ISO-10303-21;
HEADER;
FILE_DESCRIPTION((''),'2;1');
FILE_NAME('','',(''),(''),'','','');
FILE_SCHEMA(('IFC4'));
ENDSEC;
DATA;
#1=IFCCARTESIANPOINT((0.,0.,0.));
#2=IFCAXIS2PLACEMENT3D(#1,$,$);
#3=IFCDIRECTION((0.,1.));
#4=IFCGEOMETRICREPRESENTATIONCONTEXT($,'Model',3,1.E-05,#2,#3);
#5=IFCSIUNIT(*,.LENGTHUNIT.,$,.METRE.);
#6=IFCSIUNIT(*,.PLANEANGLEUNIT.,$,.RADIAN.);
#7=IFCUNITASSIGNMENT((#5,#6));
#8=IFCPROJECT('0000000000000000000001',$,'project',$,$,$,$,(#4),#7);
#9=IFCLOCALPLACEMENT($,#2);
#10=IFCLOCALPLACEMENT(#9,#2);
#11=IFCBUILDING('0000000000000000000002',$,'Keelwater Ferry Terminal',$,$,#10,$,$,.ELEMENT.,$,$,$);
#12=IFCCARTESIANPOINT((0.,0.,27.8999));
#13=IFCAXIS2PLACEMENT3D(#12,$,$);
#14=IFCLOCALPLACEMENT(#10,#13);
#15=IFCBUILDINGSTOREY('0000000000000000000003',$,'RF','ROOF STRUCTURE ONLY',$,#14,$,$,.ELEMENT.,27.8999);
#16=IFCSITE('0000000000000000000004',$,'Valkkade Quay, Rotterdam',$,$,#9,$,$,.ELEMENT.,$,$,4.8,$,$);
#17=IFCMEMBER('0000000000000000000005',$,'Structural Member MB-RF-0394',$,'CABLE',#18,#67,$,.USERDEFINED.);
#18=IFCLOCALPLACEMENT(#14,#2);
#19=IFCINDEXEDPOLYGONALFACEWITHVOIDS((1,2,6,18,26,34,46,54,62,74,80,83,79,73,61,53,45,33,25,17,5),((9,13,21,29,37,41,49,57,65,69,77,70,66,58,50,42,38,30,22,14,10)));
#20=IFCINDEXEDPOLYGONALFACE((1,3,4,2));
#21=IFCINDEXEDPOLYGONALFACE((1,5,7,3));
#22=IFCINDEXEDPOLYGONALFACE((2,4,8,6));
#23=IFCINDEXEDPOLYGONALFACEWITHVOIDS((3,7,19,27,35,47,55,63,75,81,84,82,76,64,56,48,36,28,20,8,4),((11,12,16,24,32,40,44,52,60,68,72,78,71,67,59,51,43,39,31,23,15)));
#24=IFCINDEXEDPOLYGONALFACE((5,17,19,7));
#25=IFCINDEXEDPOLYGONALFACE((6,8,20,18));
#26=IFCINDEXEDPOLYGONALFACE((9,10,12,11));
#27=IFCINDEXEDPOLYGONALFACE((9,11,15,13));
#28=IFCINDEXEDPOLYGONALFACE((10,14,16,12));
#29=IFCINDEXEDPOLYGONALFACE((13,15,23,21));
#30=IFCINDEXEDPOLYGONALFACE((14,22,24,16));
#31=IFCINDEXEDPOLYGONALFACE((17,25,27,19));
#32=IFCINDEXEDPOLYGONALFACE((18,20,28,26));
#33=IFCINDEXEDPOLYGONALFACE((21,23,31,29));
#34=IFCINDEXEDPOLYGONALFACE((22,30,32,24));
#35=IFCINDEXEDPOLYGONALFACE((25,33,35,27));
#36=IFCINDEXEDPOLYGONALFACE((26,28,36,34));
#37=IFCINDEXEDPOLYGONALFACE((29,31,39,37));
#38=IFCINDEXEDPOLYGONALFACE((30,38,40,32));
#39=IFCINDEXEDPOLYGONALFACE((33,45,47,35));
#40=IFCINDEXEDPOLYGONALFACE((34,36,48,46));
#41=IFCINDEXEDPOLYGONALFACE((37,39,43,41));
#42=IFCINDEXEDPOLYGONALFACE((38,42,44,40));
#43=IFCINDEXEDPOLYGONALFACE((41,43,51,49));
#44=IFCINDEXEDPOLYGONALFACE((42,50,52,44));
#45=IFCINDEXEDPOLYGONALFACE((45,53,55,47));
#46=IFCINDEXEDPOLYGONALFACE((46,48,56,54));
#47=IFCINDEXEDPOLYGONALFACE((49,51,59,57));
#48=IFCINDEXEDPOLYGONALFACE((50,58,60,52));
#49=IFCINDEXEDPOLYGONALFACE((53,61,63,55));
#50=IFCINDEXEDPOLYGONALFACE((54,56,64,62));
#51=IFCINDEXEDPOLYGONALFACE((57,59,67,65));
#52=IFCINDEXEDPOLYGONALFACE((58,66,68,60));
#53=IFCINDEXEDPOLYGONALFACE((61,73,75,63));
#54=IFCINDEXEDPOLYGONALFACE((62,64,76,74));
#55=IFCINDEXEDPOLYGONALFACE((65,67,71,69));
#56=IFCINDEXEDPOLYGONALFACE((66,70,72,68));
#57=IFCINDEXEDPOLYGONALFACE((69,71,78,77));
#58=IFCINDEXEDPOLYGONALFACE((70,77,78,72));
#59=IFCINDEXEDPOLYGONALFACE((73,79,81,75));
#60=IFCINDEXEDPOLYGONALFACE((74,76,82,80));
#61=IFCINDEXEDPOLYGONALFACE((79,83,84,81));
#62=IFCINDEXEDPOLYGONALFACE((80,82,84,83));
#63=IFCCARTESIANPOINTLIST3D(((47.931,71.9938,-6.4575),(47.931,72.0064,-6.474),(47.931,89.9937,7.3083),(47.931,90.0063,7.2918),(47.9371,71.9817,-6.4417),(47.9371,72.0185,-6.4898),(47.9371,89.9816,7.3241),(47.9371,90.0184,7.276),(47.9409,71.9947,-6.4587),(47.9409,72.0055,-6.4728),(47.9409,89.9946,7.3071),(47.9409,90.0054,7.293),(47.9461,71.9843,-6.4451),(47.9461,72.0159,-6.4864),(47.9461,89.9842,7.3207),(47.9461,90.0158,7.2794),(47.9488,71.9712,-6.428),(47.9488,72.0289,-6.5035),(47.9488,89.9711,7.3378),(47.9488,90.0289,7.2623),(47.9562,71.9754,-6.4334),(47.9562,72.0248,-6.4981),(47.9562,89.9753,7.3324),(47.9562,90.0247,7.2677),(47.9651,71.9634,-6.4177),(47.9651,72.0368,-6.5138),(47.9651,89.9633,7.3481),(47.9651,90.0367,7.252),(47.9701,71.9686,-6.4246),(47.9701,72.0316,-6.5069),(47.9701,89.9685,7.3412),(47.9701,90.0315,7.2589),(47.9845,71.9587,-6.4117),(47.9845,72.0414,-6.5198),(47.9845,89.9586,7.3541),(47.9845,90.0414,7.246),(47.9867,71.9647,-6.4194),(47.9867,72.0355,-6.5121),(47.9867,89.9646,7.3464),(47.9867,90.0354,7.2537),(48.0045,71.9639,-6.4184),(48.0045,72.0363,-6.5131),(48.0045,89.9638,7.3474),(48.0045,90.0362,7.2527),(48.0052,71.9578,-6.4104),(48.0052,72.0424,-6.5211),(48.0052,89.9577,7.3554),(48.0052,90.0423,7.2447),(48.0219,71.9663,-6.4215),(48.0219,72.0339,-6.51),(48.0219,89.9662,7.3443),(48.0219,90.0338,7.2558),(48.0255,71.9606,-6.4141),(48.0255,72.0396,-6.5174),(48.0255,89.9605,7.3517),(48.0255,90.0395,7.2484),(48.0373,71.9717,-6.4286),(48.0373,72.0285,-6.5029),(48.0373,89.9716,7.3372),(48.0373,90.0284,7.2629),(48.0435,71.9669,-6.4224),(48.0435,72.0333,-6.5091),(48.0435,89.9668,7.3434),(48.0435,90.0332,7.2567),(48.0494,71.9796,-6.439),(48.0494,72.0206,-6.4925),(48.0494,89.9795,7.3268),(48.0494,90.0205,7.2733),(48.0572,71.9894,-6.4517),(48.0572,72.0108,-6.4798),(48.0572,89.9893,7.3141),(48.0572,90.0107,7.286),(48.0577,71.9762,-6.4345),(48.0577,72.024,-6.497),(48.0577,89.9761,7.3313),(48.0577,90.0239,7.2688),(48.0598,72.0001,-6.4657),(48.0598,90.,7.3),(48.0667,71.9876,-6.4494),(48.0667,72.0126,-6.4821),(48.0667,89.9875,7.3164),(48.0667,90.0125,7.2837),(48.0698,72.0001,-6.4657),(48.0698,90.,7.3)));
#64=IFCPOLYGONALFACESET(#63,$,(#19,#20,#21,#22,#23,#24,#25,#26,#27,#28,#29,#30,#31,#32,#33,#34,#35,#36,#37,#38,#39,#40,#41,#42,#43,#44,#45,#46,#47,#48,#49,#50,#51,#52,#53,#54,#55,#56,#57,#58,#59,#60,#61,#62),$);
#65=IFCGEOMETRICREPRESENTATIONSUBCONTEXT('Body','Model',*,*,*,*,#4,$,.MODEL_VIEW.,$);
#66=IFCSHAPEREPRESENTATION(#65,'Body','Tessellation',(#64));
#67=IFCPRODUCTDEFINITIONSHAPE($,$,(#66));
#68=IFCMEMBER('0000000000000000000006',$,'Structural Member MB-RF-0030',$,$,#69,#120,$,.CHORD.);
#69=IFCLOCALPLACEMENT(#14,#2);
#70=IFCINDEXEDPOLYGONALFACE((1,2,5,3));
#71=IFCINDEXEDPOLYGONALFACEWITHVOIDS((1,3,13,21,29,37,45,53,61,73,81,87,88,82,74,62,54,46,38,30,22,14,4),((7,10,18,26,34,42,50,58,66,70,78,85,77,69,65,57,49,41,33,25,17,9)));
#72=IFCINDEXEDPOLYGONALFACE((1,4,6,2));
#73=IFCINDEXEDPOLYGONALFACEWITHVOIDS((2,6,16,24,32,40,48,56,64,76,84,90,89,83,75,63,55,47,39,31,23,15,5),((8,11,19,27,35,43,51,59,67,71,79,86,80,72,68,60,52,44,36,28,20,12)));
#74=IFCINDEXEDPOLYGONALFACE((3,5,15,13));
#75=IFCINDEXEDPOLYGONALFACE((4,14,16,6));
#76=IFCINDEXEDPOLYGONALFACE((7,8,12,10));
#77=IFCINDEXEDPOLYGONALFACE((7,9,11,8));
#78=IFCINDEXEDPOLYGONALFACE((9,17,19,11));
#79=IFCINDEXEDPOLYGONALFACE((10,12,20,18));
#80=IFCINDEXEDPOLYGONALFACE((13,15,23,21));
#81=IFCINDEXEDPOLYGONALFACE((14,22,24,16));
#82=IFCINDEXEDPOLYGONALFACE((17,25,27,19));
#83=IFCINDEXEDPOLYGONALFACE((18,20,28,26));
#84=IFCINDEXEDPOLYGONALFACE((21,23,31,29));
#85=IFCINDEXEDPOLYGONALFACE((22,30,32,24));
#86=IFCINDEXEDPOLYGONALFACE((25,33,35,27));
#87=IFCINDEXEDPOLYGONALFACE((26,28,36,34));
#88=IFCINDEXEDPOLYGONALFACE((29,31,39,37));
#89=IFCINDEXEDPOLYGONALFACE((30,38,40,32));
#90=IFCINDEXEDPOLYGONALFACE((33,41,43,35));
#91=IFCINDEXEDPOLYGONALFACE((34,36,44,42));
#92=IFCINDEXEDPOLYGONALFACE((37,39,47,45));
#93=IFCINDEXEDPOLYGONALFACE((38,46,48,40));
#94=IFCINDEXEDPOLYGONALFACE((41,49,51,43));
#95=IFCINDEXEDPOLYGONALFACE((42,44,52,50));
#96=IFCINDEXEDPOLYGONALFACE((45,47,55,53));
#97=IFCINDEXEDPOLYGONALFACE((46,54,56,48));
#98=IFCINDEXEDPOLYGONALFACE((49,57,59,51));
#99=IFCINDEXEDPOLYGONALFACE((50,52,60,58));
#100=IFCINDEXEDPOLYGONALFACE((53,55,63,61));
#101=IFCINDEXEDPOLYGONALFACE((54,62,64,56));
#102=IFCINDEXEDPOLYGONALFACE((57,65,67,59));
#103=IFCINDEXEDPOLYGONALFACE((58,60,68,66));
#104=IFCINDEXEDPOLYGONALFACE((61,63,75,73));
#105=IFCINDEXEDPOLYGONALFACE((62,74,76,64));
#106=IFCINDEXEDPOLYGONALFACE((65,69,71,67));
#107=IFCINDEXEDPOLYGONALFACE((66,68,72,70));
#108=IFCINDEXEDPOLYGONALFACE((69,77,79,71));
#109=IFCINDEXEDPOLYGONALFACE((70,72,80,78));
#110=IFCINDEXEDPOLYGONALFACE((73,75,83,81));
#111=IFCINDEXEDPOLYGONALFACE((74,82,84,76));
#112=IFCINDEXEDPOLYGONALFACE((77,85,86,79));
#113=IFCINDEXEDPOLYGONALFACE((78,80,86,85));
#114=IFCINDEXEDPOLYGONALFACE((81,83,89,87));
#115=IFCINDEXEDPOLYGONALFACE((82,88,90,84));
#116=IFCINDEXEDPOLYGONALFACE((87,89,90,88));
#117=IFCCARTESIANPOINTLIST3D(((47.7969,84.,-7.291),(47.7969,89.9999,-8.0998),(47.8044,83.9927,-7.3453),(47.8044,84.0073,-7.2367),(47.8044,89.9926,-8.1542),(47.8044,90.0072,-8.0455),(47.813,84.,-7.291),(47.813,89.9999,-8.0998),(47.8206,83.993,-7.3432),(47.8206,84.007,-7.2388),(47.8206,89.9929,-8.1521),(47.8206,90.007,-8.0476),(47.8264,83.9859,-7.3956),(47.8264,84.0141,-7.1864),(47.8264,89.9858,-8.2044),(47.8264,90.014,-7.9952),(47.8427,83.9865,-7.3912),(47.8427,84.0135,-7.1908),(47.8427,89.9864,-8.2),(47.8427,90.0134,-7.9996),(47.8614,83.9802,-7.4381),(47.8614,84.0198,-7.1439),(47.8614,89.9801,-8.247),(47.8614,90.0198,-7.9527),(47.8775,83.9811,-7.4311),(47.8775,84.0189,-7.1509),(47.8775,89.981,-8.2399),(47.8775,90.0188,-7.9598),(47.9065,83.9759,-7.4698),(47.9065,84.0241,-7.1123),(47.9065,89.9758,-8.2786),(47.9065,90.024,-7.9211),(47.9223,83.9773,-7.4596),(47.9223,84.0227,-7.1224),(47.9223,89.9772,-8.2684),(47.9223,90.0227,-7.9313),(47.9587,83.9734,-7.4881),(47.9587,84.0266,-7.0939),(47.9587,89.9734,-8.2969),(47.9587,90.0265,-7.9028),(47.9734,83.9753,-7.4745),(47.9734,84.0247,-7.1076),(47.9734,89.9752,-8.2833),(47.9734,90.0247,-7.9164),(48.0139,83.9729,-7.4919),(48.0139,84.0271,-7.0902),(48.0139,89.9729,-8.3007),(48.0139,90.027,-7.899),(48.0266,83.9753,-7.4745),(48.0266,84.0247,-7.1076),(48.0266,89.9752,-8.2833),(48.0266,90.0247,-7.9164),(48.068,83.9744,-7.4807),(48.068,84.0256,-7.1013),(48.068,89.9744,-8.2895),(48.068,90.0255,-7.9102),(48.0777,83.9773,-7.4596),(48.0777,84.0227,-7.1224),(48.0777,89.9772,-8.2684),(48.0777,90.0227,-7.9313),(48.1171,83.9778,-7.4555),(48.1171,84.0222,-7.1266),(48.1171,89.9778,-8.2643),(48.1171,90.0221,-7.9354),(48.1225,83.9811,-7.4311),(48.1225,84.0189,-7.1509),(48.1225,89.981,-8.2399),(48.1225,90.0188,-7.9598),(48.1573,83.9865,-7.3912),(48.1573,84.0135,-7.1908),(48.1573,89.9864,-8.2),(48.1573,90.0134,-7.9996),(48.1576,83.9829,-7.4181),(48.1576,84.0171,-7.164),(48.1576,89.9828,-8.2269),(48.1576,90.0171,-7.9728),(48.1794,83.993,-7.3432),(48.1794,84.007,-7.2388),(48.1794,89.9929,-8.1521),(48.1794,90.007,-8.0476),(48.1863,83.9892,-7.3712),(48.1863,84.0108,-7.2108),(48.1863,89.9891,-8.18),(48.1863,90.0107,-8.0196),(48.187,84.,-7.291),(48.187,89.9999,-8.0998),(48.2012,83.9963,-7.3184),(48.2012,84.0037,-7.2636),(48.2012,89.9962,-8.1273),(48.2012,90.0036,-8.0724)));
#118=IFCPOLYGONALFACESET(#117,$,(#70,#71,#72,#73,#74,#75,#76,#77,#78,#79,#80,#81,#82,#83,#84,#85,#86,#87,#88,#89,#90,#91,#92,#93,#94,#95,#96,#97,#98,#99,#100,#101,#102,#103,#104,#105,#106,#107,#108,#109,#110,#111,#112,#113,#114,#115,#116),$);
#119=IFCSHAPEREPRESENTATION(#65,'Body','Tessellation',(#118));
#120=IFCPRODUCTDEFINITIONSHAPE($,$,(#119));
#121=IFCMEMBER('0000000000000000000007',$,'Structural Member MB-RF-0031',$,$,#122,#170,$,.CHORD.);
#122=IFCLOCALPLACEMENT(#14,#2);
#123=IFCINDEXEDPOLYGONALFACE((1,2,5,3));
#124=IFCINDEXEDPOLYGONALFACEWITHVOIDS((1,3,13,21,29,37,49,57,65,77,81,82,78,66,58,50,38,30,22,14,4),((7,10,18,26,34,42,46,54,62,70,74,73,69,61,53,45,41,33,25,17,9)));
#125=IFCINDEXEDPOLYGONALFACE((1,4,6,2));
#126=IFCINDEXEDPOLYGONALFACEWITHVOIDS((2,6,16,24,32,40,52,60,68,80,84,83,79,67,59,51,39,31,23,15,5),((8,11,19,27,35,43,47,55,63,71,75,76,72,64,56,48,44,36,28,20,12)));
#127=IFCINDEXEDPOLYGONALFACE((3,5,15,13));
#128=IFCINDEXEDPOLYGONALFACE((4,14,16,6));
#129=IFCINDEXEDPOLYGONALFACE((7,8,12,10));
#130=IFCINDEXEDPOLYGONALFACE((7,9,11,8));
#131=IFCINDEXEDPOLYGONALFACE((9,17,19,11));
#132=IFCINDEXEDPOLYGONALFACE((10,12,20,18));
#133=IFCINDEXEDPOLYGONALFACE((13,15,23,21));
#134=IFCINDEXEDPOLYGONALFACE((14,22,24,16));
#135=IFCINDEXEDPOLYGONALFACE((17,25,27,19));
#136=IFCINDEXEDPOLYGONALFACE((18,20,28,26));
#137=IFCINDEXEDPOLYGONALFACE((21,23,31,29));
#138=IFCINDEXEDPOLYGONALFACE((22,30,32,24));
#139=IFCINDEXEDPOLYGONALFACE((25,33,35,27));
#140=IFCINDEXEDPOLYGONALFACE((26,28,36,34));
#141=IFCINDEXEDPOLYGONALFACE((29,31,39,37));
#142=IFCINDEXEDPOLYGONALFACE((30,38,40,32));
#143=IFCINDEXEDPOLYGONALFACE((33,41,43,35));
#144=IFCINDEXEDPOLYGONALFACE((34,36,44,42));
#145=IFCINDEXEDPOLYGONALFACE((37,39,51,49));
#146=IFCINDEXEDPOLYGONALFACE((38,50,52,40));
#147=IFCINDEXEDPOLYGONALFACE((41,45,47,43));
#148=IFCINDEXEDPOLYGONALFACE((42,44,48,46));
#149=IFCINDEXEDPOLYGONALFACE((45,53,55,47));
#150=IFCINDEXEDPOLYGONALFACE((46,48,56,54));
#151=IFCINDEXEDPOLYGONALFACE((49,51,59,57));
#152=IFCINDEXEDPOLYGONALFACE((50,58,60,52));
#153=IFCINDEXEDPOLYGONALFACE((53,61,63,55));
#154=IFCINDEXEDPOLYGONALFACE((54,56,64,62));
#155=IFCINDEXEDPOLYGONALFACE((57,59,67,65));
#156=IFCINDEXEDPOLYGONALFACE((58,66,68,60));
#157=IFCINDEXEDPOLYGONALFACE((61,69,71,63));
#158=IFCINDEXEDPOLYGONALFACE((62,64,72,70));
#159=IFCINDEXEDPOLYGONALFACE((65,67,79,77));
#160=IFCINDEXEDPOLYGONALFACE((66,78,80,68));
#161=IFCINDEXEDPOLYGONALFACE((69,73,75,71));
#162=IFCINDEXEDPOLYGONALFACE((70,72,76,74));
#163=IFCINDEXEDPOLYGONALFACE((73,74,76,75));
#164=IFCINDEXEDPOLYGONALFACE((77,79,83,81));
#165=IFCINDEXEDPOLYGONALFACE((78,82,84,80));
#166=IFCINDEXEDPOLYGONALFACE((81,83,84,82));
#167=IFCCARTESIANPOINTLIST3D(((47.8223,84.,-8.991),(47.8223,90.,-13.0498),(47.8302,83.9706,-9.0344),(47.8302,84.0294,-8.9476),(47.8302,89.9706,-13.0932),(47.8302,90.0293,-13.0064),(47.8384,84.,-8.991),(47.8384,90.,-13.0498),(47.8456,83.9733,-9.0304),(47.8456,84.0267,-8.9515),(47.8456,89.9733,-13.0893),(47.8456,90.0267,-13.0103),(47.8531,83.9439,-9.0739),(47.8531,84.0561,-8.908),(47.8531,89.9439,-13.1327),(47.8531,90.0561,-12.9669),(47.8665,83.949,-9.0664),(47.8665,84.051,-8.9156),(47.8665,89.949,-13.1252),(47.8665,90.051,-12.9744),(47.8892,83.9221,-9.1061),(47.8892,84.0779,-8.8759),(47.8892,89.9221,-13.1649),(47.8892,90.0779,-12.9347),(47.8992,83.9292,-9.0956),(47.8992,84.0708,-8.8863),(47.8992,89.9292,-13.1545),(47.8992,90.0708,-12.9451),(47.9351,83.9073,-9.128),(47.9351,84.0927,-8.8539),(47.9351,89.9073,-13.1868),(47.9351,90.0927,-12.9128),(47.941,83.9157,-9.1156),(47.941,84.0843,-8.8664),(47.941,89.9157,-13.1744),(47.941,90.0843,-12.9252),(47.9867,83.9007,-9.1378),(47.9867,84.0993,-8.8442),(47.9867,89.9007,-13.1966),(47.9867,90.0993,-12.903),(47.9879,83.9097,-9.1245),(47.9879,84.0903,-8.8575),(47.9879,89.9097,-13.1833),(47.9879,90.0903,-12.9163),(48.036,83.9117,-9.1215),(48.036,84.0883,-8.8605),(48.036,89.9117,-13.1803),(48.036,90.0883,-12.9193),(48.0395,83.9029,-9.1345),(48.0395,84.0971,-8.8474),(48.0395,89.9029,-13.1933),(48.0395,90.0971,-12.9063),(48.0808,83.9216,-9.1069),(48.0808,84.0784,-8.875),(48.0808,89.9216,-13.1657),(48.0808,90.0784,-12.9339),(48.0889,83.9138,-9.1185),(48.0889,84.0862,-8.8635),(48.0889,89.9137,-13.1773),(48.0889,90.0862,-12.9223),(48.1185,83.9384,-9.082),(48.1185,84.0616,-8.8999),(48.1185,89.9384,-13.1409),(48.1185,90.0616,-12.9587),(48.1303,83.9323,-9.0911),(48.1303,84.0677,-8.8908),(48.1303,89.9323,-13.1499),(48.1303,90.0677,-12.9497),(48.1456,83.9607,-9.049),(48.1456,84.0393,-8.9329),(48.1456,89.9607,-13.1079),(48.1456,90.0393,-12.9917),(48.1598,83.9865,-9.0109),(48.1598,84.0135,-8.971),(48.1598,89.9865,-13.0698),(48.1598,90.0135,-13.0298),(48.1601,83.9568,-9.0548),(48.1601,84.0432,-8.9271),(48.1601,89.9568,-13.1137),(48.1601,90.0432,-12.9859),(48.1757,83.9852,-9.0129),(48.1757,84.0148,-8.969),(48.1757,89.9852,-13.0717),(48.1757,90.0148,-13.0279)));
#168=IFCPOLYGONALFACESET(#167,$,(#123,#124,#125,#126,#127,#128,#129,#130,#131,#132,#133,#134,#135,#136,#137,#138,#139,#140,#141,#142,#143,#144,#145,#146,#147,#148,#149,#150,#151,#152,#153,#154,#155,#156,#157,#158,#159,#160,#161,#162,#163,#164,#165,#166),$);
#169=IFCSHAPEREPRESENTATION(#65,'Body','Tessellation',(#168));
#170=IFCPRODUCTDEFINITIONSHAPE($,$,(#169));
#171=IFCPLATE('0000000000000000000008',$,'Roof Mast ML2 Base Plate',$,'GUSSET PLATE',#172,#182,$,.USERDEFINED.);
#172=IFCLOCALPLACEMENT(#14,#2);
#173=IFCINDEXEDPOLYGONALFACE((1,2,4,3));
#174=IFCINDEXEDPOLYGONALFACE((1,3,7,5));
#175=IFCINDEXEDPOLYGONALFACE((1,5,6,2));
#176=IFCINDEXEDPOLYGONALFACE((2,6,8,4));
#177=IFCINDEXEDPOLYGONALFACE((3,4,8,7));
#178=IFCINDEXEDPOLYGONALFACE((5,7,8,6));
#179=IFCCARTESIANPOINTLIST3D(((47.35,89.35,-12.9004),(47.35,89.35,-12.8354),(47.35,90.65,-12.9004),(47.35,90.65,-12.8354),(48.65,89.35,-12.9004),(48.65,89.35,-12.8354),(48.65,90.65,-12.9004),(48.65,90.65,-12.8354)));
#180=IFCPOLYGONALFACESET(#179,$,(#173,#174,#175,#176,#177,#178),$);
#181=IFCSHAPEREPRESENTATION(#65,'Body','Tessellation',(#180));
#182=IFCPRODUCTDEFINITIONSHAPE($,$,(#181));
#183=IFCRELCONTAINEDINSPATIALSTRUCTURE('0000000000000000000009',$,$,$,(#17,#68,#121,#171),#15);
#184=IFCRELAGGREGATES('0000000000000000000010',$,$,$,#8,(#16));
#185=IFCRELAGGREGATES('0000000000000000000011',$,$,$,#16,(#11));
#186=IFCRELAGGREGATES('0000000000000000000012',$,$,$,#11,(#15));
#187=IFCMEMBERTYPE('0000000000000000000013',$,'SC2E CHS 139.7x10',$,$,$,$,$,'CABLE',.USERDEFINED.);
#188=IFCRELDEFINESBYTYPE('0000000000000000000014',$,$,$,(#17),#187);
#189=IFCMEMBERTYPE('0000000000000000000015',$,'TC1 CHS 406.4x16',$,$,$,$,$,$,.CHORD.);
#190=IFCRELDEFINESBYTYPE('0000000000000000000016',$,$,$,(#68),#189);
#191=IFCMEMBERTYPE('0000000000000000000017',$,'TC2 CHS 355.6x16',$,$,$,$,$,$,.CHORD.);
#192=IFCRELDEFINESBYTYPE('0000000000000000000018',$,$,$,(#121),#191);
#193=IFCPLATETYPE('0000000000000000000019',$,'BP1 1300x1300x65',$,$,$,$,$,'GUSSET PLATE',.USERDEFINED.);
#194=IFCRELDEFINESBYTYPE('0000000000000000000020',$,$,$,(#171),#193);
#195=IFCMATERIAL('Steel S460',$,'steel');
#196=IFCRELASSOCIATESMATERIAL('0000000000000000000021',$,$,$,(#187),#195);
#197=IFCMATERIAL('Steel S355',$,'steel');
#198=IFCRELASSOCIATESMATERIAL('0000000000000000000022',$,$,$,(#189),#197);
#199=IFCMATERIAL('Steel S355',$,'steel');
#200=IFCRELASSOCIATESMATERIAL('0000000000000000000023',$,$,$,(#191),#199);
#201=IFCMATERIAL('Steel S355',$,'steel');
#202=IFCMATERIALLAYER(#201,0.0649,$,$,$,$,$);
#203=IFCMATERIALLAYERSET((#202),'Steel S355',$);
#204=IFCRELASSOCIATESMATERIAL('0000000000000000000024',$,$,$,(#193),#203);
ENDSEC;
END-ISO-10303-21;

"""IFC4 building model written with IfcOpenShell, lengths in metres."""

from ifc_helpers import new_model, si_unit, direction, frame, origin, origin_2d, place, context, subcontext, project, spatial, rectangle, hollow_circle, extrude, material, layer, layer_set, material_profile, profile_set, type_object, element, save


model = new_model("IFC4")

# Units and contexts
model_context = context("Model", 3, precision=1e-05, world=origin(), true_north=direction((0.0, 1.0)))
body_context = subcontext(model_context, "Body", "Model", "MODEL_VIEW")
ifc_project = project(units=[si_unit("LENGTHUNIT", "METRE"), si_unit("PLANEANGLEUNIT", "RADIAN")], contexts=[model_context])

# Site, building, storey
site_placement = place(None, origin())
site = spatial("IfcSite", under=ifc_project, at=site_placement, Name="Valkkade Quay, Rotterdam", CompositionType="ELEMENT", RefElevation=4.8)
building_placement = place(site_placement, origin())
building = spatial("IfcBuilding", under=site, at=building_placement, Name="Keelwater Ferry Terminal", CompositionType="ELEMENT")
storey_placement = place(building_placement, frame((0.0, 0.0, 27.8999)))
storey = spatial("IfcBuildingStorey", under=building, at=storey_placement, Name="RF", Description="ROOF STRUCTURE ONLY", CompositionType="ELEMENT", Elevation=27.8999)

# Members
ifc_material_1 = material(Name="Steel S460", Category="steel")
ifc_material_profile_1 = material_profile(ifc_material_1, hollow_circle(Radius=0.0698, WallThickness=0.01, at=origin_2d()), Name="CHS 139.7x10")
ifc_profile_set_1 = profile_set([ifc_material_profile_1], Name="Steel S460")
member_type_1 = type_object("IfcMemberType", Name="SC2E CHS 139.7x10", ElementType="CABLE", PredefinedType="USERDEFINED", material=ifc_profile_set_1)
member_1_placement = place(storey_placement, frame((48.0, 90.0, 7.3), z_axis=(0.0, -0.794333, -0.607482), x_axis=(1.0, 0.0, 0.0)))
element("IfcMember", 1, at=member_1_placement, inside=storey, type_object=member_type_1, Name="Structural Member MB-RF-0394", ObjectType="CABLE", PredefinedType="USERDEFINED", context=body_context, shape_type="SweptSolid", body=[
    extrude(hollow_circle(Radius=0.0698, WallThickness=0.01, at=origin_2d()), origin(), (0.0, 0.0, 1.0), 22.6604),
])
ifc_material_2 = material(Name="Steel S355", Category="steel")
ifc_material_profile_2 = material_profile(ifc_material_2, hollow_circle(Radius=0.2031, WallThickness=0.0161, at=origin_2d()), Name="CHS 406.4x16")
ifc_profile_set_2 = profile_set([ifc_material_profile_2], Name="Steel S355")
member_type_2 = type_object("IfcMemberType", Name="TC1 CHS 406.4x16", PredefinedType="CHORD", material=ifc_profile_set_2)
member_2_placement = place(storey_placement, frame((48.0, 84.0, -7.291), z_axis=(0.0, 0.991036, -0.133598), x_axis=(-1.0, 0.0, 0.0)))
element("IfcMember", 2, at=member_2_placement, inside=storey, type_object=member_type_2, Name="Structural Member MB-RF-0030", PredefinedType="CHORD", context=body_context, shape_type="SweptSolid", body=[
    extrude(hollow_circle(Radius=0.2031, WallThickness=0.0161, at=origin_2d()), origin(), (0.0, 0.0, 1.0), 6.0542),
])
ifc_material_3 = material(Name="Steel S355", Category="steel")
ifc_material_profile_3 = material_profile(ifc_material_3, hollow_circle(Radius=0.1777, WallThickness=0.0161, at=origin_2d()), Name="CHS 355.6x16")
ifc_profile_set_3 = profile_set([ifc_material_profile_3], Name="Steel S355")
member_type_3 = type_object("IfcMemberType", Name="TC2 CHS 355.6x16", PredefinedType="CHORD", material=ifc_profile_set_3)
member_3_placement = place(storey_placement, frame((48.0, 84.0, -8.991), z_axis=(0.0, 0.828282, -0.560311), x_axis=(-1.0, 0.0, 0.0)))
element("IfcMember", 3, at=member_3_placement, inside=storey, type_object=member_type_3, Name="Structural Member MB-RF-0031", PredefinedType="CHORD", context=body_context, shape_type="SweptSolid", body=[
    extrude(hollow_circle(Radius=0.1777, WallThickness=0.0161, at=origin_2d()), origin(), (0.0, 0.0, 1.0), 7.2439),
])

# Plate
ifc_material_4 = material(Name="Steel S355", Category="steel")
ifc_layer_1 = layer(ifc_material_4, 0.0649)
ifc_layer_set_1 = layer_set([ifc_layer_1], Name="Steel S355")
plate_type_1 = type_object("IfcPlateType", Name="BP1 1300x1300x65", ElementType="GUSSET PLATE", PredefinedType="USERDEFINED", material=ifc_layer_set_1)
plate_1_placement = place(storey_placement, frame((48.0, 90.0, -12.9004), z_axis=(0.0, 0.0, 1.0), x_axis=(1.0, 0.0, 0.0)))
element("IfcPlate", 4, at=plate_1_placement, inside=storey, type_object=plate_type_1, Name="Roof Mast ML2 Base Plate", ObjectType="GUSSET PLATE", PredefinedType="USERDEFINED", context=body_context, shape_type="SweptSolid", body=[
    extrude(rectangle(XDim=1.3, YDim=1.3, at=origin_2d()), origin(), (0.0, 0.0, 1.0), 0.0649),
])

save(model, "model.ifc")
